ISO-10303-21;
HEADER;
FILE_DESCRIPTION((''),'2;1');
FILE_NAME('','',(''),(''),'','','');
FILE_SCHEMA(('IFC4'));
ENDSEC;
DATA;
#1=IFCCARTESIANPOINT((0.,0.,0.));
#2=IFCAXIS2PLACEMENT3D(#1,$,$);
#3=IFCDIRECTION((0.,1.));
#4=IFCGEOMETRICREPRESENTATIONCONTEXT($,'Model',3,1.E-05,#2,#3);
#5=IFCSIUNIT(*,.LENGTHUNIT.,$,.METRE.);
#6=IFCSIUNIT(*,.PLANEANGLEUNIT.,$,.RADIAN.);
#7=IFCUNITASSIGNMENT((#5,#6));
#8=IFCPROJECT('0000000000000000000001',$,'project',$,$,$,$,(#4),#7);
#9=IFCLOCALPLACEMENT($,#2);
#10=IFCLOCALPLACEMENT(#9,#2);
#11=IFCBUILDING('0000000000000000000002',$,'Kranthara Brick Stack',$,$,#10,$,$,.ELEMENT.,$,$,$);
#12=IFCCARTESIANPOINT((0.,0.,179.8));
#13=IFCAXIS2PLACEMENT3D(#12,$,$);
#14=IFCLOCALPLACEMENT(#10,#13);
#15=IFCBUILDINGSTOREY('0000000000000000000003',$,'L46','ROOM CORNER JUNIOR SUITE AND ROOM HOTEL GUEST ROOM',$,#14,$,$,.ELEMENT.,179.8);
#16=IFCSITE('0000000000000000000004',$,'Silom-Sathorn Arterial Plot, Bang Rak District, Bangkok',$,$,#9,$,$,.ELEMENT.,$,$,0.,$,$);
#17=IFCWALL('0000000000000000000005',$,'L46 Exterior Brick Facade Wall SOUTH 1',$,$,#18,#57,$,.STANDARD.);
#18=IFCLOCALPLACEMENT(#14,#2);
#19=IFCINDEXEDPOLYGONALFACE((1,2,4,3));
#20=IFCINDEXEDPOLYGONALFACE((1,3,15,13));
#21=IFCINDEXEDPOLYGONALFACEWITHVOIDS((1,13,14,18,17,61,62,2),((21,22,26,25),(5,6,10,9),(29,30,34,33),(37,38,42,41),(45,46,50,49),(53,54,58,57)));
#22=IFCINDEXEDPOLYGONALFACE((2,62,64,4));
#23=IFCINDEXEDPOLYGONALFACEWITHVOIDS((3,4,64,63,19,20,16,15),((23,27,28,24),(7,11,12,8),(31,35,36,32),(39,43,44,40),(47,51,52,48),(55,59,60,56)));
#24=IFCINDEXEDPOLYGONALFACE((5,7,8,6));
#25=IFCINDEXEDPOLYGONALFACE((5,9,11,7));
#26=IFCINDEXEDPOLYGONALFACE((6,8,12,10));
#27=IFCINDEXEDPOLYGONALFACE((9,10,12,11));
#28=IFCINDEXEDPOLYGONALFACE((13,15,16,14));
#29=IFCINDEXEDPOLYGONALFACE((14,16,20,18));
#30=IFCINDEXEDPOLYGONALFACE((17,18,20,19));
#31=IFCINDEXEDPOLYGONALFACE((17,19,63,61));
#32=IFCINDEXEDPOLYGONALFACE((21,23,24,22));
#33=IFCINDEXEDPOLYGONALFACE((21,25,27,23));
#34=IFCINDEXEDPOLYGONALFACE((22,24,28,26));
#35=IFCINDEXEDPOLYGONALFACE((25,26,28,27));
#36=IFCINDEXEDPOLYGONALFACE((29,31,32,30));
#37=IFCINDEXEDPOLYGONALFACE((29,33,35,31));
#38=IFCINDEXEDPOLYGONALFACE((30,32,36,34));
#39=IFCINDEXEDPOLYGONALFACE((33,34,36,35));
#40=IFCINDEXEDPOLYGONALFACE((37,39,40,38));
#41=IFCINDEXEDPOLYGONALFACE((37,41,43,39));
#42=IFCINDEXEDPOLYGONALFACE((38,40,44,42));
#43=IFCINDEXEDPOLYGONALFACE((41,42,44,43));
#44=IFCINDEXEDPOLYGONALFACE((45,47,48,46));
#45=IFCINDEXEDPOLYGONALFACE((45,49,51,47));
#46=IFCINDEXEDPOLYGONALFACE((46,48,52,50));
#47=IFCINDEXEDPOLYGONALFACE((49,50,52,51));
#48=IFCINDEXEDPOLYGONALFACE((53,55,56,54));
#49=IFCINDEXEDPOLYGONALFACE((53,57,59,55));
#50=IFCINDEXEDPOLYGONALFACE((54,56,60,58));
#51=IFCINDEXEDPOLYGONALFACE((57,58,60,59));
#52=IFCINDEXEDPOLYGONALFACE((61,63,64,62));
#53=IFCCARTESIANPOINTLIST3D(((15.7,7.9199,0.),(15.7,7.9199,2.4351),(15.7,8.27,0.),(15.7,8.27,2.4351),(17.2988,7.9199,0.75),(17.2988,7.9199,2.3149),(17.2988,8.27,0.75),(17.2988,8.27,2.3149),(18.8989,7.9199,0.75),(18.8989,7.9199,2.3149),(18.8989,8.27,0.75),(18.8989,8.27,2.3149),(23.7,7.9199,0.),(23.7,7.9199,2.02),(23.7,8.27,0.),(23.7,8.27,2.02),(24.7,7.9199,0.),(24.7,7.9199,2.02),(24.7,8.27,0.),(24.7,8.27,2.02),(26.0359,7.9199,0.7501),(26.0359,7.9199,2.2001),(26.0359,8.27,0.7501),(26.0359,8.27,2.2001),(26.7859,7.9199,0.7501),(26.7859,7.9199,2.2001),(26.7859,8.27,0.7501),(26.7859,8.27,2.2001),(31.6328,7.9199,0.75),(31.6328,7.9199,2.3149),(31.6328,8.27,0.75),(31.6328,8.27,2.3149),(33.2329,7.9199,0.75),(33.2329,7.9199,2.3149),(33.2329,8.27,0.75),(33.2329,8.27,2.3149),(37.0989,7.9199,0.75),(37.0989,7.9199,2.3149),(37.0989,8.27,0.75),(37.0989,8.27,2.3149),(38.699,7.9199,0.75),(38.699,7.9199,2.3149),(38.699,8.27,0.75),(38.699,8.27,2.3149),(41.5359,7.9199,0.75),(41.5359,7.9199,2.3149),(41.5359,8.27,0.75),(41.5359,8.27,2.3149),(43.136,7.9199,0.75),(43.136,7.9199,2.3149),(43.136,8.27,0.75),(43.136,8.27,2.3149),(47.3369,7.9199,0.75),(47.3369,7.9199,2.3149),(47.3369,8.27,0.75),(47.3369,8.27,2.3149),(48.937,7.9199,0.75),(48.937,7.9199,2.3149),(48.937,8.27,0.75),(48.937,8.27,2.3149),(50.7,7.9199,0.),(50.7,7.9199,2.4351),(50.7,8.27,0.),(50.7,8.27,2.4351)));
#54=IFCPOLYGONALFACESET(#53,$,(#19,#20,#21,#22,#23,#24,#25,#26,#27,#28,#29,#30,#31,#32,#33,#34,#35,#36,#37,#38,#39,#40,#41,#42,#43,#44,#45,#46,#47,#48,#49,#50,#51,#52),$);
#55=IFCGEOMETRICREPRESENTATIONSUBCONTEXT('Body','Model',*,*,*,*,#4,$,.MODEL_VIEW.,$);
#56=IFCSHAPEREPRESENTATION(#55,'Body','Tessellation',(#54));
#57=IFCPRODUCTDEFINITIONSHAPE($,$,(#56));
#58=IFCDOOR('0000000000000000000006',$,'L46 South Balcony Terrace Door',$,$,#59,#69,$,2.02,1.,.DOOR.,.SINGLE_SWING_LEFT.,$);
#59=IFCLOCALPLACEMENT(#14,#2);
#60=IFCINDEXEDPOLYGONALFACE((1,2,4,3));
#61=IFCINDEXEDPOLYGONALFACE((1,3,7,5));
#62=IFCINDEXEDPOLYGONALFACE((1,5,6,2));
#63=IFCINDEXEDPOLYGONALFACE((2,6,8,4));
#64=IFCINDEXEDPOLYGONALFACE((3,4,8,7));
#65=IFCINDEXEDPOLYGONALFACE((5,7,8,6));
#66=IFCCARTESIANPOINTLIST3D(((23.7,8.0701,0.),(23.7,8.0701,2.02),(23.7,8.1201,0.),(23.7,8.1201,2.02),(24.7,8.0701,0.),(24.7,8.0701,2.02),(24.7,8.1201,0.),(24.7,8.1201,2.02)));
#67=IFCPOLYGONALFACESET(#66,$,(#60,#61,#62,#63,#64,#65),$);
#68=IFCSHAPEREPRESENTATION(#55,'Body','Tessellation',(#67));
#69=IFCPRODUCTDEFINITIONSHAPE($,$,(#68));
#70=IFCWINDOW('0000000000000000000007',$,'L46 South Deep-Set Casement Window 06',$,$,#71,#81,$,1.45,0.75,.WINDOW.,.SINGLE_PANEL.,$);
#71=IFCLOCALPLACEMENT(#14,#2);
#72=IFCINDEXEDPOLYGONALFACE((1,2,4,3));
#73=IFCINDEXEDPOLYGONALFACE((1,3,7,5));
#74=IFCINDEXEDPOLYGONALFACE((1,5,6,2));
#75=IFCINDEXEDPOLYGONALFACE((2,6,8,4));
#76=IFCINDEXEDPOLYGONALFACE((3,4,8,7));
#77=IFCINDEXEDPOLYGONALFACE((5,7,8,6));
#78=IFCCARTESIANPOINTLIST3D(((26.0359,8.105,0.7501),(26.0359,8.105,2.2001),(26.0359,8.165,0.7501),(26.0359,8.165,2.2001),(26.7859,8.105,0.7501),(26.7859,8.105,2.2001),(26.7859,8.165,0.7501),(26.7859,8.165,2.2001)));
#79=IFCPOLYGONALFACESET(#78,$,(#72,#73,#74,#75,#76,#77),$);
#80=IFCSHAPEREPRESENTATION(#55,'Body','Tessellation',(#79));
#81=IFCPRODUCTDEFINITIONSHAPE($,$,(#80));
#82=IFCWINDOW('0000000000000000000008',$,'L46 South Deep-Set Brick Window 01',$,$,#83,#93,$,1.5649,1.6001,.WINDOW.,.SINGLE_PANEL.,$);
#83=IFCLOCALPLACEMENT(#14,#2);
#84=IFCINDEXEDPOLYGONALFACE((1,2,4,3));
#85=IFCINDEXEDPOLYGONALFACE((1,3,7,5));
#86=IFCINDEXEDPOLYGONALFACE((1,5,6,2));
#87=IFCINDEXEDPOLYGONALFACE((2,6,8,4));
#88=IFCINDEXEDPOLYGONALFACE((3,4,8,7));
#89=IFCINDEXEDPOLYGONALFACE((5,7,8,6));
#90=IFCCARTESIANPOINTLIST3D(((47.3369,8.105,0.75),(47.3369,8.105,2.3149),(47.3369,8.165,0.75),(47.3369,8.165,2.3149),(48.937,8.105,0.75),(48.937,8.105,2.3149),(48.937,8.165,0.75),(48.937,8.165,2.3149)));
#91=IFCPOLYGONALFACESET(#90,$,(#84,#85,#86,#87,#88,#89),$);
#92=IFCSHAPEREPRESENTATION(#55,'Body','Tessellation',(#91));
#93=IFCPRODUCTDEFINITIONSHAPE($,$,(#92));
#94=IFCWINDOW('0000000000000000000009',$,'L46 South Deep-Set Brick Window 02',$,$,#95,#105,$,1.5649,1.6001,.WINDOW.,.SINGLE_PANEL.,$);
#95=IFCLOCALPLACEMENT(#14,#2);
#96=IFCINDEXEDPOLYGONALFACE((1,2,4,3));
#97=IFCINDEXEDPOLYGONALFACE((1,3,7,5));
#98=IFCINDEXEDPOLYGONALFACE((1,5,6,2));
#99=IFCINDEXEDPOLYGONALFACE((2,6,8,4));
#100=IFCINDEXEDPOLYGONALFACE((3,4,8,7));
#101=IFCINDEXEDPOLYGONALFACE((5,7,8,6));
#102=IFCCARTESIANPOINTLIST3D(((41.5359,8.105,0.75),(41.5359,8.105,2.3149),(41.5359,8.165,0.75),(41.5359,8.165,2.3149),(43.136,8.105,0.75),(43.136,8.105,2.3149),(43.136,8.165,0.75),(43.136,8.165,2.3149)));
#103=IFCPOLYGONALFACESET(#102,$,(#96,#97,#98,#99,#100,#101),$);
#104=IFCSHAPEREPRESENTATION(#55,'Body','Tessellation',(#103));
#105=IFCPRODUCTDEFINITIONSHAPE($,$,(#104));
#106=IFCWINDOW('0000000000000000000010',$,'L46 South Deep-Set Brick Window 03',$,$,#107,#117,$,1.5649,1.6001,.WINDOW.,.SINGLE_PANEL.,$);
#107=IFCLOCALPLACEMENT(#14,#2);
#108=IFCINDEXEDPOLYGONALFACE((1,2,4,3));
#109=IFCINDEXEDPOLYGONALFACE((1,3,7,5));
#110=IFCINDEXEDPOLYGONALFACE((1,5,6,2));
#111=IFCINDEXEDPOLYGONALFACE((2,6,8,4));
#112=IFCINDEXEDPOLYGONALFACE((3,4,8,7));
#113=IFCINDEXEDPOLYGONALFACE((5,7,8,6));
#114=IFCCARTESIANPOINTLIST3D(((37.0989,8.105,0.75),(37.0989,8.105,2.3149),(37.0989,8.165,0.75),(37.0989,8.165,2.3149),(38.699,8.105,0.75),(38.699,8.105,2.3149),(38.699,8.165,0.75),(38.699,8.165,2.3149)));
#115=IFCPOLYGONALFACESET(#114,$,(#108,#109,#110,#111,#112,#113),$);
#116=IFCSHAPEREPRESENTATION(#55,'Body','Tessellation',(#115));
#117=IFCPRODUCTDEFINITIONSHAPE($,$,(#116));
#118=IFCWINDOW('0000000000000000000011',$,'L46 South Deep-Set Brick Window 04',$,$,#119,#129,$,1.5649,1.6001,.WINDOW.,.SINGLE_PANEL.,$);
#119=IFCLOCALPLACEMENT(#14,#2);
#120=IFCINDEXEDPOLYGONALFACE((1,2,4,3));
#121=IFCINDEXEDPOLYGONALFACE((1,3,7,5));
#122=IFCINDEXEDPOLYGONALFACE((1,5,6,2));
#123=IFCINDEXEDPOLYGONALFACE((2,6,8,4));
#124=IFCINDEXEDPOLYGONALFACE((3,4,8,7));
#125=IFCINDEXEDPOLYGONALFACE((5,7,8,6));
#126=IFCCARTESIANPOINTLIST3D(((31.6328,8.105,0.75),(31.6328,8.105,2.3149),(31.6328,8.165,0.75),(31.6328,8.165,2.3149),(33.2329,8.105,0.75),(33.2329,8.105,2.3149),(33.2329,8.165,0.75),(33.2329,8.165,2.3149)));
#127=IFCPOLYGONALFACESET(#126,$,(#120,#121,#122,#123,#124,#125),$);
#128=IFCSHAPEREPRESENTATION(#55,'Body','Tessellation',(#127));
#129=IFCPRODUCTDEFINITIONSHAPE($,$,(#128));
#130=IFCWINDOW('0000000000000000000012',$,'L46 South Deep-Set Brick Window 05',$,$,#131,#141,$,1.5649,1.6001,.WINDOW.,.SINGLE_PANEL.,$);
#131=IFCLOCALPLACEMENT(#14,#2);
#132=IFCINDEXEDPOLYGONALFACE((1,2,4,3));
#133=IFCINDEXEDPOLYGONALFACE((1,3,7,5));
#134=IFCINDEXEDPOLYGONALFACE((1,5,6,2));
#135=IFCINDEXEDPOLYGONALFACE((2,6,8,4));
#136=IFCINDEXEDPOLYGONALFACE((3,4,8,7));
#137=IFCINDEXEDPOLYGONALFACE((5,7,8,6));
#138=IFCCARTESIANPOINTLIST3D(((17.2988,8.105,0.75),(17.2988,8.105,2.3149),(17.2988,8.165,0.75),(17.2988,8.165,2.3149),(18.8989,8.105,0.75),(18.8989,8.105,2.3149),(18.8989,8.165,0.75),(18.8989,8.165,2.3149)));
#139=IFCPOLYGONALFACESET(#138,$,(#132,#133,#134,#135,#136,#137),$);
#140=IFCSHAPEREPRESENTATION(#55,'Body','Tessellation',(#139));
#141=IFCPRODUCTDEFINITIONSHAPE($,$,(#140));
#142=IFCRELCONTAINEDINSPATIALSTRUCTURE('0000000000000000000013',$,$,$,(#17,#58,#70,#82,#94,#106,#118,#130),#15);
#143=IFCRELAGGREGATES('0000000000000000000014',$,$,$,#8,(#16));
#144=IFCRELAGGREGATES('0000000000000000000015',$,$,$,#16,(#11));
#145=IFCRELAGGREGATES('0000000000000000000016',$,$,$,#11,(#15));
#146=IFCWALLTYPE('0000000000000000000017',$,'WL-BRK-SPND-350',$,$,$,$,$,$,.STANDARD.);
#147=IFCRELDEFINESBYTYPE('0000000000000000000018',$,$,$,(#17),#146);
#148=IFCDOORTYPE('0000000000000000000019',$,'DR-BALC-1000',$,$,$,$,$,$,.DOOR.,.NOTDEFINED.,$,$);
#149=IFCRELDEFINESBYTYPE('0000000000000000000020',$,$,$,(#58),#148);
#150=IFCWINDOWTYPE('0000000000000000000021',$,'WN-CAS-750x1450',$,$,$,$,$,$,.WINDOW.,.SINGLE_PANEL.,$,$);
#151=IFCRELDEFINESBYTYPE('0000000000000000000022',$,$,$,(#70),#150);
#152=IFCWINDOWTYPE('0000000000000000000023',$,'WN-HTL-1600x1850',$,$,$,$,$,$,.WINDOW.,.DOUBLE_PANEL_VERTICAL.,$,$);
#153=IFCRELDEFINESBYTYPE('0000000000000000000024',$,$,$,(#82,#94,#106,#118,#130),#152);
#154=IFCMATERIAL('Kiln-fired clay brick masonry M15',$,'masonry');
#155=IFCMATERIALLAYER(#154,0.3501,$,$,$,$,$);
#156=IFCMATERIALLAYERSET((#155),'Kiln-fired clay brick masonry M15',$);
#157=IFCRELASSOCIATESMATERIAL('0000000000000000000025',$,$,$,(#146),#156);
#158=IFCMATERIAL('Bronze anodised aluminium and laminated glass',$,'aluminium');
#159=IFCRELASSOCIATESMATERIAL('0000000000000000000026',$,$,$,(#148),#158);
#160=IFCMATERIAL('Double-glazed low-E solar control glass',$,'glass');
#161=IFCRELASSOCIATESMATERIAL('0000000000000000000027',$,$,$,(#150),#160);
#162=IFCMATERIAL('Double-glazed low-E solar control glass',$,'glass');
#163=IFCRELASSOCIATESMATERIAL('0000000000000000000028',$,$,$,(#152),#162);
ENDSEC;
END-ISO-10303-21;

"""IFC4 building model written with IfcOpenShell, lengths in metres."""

from ifc_helpers import new_model, si_unit, direction, frame, frame_2d, origin, place, context, subcontext, project, spatial, rectangle, extrude, material, layer, layer_set, type_object, element, fill, save


model = new_model("IFC4")

# Units and contexts
model_context = context("Model", 3, precision=1e-05, world=origin(), true_north=direction((0.0, 1.0)))
body_context = subcontext(model_context, "Body", "Model", "MODEL_VIEW")
ifc_project = project(units=[si_unit("LENGTHUNIT", "METRE"), si_unit("PLANEANGLEUNIT", "RADIAN")], contexts=[model_context])

# Site, building, storey
site_placement = place(None, origin())
site = spatial("IfcSite", under=ifc_project, at=site_placement, Name="Silom-Sathorn Arterial Plot, Bang Rak District, Bangkok", CompositionType="ELEMENT", RefElevation=0.0)
building_placement = place(site_placement, origin())
building = spatial("IfcBuilding", under=site, at=building_placement, Name="Kranthara Brick Stack", CompositionType="ELEMENT")
storey_placement = place(building_placement, frame((0.0, 0.0, 179.8)))
storey = spatial("IfcBuildingStorey", under=building, at=storey_placement, Name="L46", Description="ROOM CORNER JUNIOR SUITE AND ROOM HOTEL GUEST ROOM", CompositionType="ELEMENT", Elevation=179.8)

# Wall, openings, door, windows
ifc_material_1 = material(Name="Kiln-fired clay brick masonry M15", Category="masonry")
ifc_layer_1 = layer(ifc_material_1, 0.3501)
ifc_layer_set_1 = layer_set([ifc_layer_1], Name="Kiln-fired clay brick masonry M15")
wall_type_1 = type_object("IfcWallType", Name="WL-BRK-SPND-350", PredefinedType="STANDARD", material=ifc_layer_set_1)
wall_1_placement = place(storey_placement, frame((50.7, 8.095, 0.0), z_axis=(0.0, 0.0, 1.0), x_axis=(-1.0, 0.0, 0.0)))
wall_1 = element("IfcWall", 1, at=wall_1_placement, inside=storey, type_object=wall_type_1, Name="L46 Exterior Brick Facade Wall SOUTH 1", PredefinedType="STANDARD", context=body_context, shape_type="SweptSolid", body=[
    extrude(rectangle(XDim=35.0, YDim=0.3501, at=frame_2d((17.5, 0.0))), origin(), (0.0, 0.0, 1.0), 2.4351),
])
opening_1_placement = place(wall_1_placement, frame((26.0, 0.0, 0.0)))
opening_1 = element("IfcOpeningElement", 2, at=opening_1_placement, cuts=wall_1, PredefinedType="OPENING", context=body_context, shape_type="SweptSolid", body=[
    extrude(rectangle(XDim=1.0, YDim=2.02, at=frame_2d((0.5, 1.01))), frame((0.0, 0.1851, 0.0), z_axis=(0.0, -1.0, 0.0), x_axis=(1.0, 0.0, 0.0)), (0.0, 0.0, 1.0), 0.3701),
])
opening_2_placement = place(wall_1_placement, frame((1.7629, 0.0, 0.75)))
opening_2 = element("IfcOpeningElement", 3, at=opening_2_placement, cuts=wall_1, PredefinedType="OPENING", context=body_context, shape_type="SweptSolid", body=[
    extrude(rectangle(XDim=1.6001, YDim=1.5649, at=frame_2d((0.8, 0.7825))), frame((0.0, 0.1851, 0.0), z_axis=(0.0, -1.0, 0.0), x_axis=(1.0, 0.0, 0.0)), (0.0, 0.0, 1.0), 0.3701),
])
opening_3_placement = place(wall_1_placement, frame((7.564, 0.0, 0.75)))
opening_3 = element("IfcOpeningElement", 4, at=opening_3_placement, cuts=wall_1, PredefinedType="OPENING", context=body_context, shape_type="SweptSolid", body=[
    extrude(rectangle(XDim=1.6001, YDim=1.5649, at=frame_2d((0.8, 0.7825))), frame((0.0, 0.1851, 0.0), z_axis=(0.0, -1.0, 0.0), x_axis=(1.0, 0.0, 0.0)), (0.0, 0.0, 1.0), 0.3701),
])
opening_4_placement = place(wall_1_placement, frame((12.001, 0.0, 0.75)))
opening_4 = element("IfcOpeningElement", 5, at=opening_4_placement, cuts=wall_1, PredefinedType="OPENING", context=body_context, shape_type="SweptSolid", body=[
    extrude(rectangle(XDim=1.6001, YDim=1.5649, at=frame_2d((0.8, 0.7825))), frame((0.0, 0.1851, 0.0), z_axis=(0.0, -1.0, 0.0), x_axis=(1.0, 0.0, 0.0)), (0.0, 0.0, 1.0), 0.3701),
])
opening_5_placement = place(wall_1_placement, frame((17.467, 0.0, 0.75)))
opening_5 = element("IfcOpeningElement", 6, at=opening_5_placement, cuts=wall_1, PredefinedType="OPENING", context=body_context, shape_type="SweptSolid", body=[
    extrude(rectangle(XDim=1.6001, YDim=1.5649, at=frame_2d((0.8, 0.7825))), frame((0.0, 0.1851, 0.0), z_axis=(0.0, -1.0, 0.0), x_axis=(1.0, 0.0, 0.0)), (0.0, 0.0, 1.0), 0.3701),
])
opening_6_placement = place(wall_1_placement, frame((31.801, 0.0, 0.75)))
opening_6 = element("IfcOpeningElement", 7, at=opening_6_placement, cuts=wall_1, PredefinedType="OPENING", context=body_context, shape_type="SweptSolid", body=[
    extrude(rectangle(XDim=1.6001, YDim=1.5649, at=frame_2d((0.8, 0.7825))), frame((0.0, 0.1851, 0.0), z_axis=(0.0, -1.0, 0.0), x_axis=(1.0, 0.0, 0.0)), (0.0, 0.0, 1.0), 0.3701),
])
opening_7_placement = place(wall_1_placement, frame((23.9141, 0.0, 0.75)))
opening_7 = element("IfcOpeningElement", 8, at=opening_7_placement, cuts=wall_1, PredefinedType="OPENING", context=body_context, shape_type="SweptSolid", body=[
    extrude(rectangle(XDim=0.75, YDim=1.45, at=frame_2d((0.375, 0.7251))), frame((0.0, 0.1851, 0.0), z_axis=(0.0, -1.0, 0.0), x_axis=(1.0, 0.0, 0.0)), (0.0, 0.0, 1.0), 0.3701),
])
ifc_material_2 = material(Name="Bronze anodised aluminium and laminated glass", Category="aluminium")
door_type = type_object("IfcDoorType", Name="DR-BALC-1000", OperationType="NOTDEFINED", PredefinedType="DOOR", material=ifc_material_2)
door_placement = place(opening_1_placement, origin())
door = element("IfcDoor", 9, at=door_placement, inside=storey, type_object=door_type, Name="L46 South Balcony Terrace Door", OperationType="SINGLE_SWING_LEFT", OverallHeight=2.02, OverallWidth=1.0, PredefinedType="DOOR", context=body_context, shape_type="SweptSolid", body=[
    extrude(rectangle(XDim=1.0, YDim=2.02, at=frame_2d((0.5, 1.01))), frame((0.0, 0.0249, 0.0), z_axis=(0.0, -1.0, 0.0), x_axis=(1.0, 0.0, 0.0)), (0.0, 0.0, 1.0), 0.05),
])
fill(opening_1, door)
ifc_material_3 = material(Name="Double-glazed low-E solar control glass", Category="glass")
window_type_1 = type_object("IfcWindowType", Name="WN-CAS-750x1450", PartitioningType="SINGLE_PANEL", PredefinedType="WINDOW", material=ifc_material_3)
window_1_placement = place(opening_7_placement, origin())
window_1 = element("IfcWindow", 10, at=window_1_placement, inside=storey, type_object=window_type_1, Name="L46 South Deep-Set Casement Window 06", OverallHeight=1.45, OverallWidth=0.75, PartitioningType="SINGLE_PANEL", PredefinedType="WINDOW", context=body_context, shape_type="SweptSolid", body=[
    extrude(rectangle(XDim=0.75, YDim=1.45, at=frame_2d((0.375, 0.7251))), frame((0.0, -0.01, 0.0), z_axis=(0.0, -1.0, 0.0), x_axis=(1.0, 0.0, 0.0)), (0.0, 0.0, 1.0), 0.0601),
])
fill(opening_7, window_1)
ifc_material_4 = material(Name="Double-glazed low-E solar control glass", Category="glass")
window_type_2 = type_object("IfcWindowType", Name="WN-HTL-1600x1850", PartitioningType="DOUBLE_PANEL_VERTICAL", PredefinedType="WINDOW", material=ifc_material_4)
window_2_placement = place(opening_2_placement, origin())
window_2 = element("IfcWindow", 11, at=window_2_placement, inside=storey, type_object=window_type_2, Name="L46 South Deep-Set Brick Window 01", OverallHeight=1.5649, OverallWidth=1.6001, PartitioningType="SINGLE_PANEL", PredefinedType="WINDOW", context=body_context, shape_type="SweptSolid", body=[
    extrude(rectangle(XDim=1.6001, YDim=1.5649, at=frame_2d((0.8, 0.7825))), frame((0.0, -0.01, 0.0), z_axis=(0.0, -1.0, 0.0), x_axis=(1.0, 0.0, 0.0)), (0.0, 0.0, 1.0), 0.0601),
])
fill(opening_2, window_2)
window_3_placement = place(opening_3_placement, origin())
window_3 = element("IfcWindow", 12, at=window_3_placement, inside=storey, type_object=window_type_2, Name="L46 South Deep-Set Brick Window 02", OverallHeight=1.5649, OverallWidth=1.6001, PartitioningType="SINGLE_PANEL", PredefinedType="WINDOW", context=body_context, shape_type="SweptSolid", body=[
    extrude(rectangle(XDim=1.6001, YDim=1.5649, at=frame_2d((0.8, 0.7825))), frame((0.0, -0.01, 0.0), z_axis=(0.0, -1.0, 0.0), x_axis=(1.0, 0.0, 0.0)), (0.0, 0.0, 1.0), 0.0601),
])
fill(opening_3, window_3)
window_4_placement = place(opening_4_placement, origin())
window_4 = element("IfcWindow", 13, at=window_4_placement, inside=storey, type_object=window_type_2, Name="L46 South Deep-Set Brick Window 03", OverallHeight=1.5649, OverallWidth=1.6001, PartitioningType="SINGLE_PANEL", PredefinedType="WINDOW", context=body_context, shape_type="SweptSolid", body=[
    extrude(rectangle(XDim=1.6001, YDim=1.5649, at=frame_2d((0.8, 0.7825))), frame((0.0, -0.01, 0.0), z_axis=(0.0, -1.0, 0.0), x_axis=(1.0, 0.0, 0.0)), (0.0, 0.0, 1.0), 0.0601),
])
fill(opening_4, window_4)
window_5_placement = place(opening_5_placement, origin())
window_5 = element("IfcWindow", 14, at=window_5_placement, inside=storey, type_object=window_type_2, Name="L46 South Deep-Set Brick Window 04", OverallHeight=1.5649, OverallWidth=1.6001, PartitioningType="SINGLE_PANEL", PredefinedType="WINDOW", context=body_context, shape_type="SweptSolid", body=[
    extrude(rectangle(XDim=1.6001, YDim=1.5649, at=frame_2d((0.8, 0.7825))), frame((0.0, -0.01, 0.0), z_axis=(0.0, -1.0, 0.0), x_axis=(1.0, 0.0, 0.0)), (0.0, 0.0, 1.0), 0.0601),
])
fill(opening_5, window_5)
window_6_placement = place(opening_6_placement, origin())
window_6 = element("IfcWindow", 15, at=window_6_placement, inside=storey, type_object=window_type_2, Name="L46 South Deep-Set Brick Window 05", OverallHeight=1.5649, OverallWidth=1.6001, PartitioningType="SINGLE_PANEL", PredefinedType="WINDOW", context=body_context, shape_type="SweptSolid", body=[
    extrude(rectangle(XDim=1.6001, YDim=1.5649, at=frame_2d((0.8, 0.7825))), frame((0.0, -0.01, 0.0), z_axis=(0.0, -1.0, 0.0), x_axis=(1.0, 0.0, 0.0)), (0.0, 0.0, 1.0), 0.0601),
])
fill(opening_6, window_6)

save(model, "model.ifc")
